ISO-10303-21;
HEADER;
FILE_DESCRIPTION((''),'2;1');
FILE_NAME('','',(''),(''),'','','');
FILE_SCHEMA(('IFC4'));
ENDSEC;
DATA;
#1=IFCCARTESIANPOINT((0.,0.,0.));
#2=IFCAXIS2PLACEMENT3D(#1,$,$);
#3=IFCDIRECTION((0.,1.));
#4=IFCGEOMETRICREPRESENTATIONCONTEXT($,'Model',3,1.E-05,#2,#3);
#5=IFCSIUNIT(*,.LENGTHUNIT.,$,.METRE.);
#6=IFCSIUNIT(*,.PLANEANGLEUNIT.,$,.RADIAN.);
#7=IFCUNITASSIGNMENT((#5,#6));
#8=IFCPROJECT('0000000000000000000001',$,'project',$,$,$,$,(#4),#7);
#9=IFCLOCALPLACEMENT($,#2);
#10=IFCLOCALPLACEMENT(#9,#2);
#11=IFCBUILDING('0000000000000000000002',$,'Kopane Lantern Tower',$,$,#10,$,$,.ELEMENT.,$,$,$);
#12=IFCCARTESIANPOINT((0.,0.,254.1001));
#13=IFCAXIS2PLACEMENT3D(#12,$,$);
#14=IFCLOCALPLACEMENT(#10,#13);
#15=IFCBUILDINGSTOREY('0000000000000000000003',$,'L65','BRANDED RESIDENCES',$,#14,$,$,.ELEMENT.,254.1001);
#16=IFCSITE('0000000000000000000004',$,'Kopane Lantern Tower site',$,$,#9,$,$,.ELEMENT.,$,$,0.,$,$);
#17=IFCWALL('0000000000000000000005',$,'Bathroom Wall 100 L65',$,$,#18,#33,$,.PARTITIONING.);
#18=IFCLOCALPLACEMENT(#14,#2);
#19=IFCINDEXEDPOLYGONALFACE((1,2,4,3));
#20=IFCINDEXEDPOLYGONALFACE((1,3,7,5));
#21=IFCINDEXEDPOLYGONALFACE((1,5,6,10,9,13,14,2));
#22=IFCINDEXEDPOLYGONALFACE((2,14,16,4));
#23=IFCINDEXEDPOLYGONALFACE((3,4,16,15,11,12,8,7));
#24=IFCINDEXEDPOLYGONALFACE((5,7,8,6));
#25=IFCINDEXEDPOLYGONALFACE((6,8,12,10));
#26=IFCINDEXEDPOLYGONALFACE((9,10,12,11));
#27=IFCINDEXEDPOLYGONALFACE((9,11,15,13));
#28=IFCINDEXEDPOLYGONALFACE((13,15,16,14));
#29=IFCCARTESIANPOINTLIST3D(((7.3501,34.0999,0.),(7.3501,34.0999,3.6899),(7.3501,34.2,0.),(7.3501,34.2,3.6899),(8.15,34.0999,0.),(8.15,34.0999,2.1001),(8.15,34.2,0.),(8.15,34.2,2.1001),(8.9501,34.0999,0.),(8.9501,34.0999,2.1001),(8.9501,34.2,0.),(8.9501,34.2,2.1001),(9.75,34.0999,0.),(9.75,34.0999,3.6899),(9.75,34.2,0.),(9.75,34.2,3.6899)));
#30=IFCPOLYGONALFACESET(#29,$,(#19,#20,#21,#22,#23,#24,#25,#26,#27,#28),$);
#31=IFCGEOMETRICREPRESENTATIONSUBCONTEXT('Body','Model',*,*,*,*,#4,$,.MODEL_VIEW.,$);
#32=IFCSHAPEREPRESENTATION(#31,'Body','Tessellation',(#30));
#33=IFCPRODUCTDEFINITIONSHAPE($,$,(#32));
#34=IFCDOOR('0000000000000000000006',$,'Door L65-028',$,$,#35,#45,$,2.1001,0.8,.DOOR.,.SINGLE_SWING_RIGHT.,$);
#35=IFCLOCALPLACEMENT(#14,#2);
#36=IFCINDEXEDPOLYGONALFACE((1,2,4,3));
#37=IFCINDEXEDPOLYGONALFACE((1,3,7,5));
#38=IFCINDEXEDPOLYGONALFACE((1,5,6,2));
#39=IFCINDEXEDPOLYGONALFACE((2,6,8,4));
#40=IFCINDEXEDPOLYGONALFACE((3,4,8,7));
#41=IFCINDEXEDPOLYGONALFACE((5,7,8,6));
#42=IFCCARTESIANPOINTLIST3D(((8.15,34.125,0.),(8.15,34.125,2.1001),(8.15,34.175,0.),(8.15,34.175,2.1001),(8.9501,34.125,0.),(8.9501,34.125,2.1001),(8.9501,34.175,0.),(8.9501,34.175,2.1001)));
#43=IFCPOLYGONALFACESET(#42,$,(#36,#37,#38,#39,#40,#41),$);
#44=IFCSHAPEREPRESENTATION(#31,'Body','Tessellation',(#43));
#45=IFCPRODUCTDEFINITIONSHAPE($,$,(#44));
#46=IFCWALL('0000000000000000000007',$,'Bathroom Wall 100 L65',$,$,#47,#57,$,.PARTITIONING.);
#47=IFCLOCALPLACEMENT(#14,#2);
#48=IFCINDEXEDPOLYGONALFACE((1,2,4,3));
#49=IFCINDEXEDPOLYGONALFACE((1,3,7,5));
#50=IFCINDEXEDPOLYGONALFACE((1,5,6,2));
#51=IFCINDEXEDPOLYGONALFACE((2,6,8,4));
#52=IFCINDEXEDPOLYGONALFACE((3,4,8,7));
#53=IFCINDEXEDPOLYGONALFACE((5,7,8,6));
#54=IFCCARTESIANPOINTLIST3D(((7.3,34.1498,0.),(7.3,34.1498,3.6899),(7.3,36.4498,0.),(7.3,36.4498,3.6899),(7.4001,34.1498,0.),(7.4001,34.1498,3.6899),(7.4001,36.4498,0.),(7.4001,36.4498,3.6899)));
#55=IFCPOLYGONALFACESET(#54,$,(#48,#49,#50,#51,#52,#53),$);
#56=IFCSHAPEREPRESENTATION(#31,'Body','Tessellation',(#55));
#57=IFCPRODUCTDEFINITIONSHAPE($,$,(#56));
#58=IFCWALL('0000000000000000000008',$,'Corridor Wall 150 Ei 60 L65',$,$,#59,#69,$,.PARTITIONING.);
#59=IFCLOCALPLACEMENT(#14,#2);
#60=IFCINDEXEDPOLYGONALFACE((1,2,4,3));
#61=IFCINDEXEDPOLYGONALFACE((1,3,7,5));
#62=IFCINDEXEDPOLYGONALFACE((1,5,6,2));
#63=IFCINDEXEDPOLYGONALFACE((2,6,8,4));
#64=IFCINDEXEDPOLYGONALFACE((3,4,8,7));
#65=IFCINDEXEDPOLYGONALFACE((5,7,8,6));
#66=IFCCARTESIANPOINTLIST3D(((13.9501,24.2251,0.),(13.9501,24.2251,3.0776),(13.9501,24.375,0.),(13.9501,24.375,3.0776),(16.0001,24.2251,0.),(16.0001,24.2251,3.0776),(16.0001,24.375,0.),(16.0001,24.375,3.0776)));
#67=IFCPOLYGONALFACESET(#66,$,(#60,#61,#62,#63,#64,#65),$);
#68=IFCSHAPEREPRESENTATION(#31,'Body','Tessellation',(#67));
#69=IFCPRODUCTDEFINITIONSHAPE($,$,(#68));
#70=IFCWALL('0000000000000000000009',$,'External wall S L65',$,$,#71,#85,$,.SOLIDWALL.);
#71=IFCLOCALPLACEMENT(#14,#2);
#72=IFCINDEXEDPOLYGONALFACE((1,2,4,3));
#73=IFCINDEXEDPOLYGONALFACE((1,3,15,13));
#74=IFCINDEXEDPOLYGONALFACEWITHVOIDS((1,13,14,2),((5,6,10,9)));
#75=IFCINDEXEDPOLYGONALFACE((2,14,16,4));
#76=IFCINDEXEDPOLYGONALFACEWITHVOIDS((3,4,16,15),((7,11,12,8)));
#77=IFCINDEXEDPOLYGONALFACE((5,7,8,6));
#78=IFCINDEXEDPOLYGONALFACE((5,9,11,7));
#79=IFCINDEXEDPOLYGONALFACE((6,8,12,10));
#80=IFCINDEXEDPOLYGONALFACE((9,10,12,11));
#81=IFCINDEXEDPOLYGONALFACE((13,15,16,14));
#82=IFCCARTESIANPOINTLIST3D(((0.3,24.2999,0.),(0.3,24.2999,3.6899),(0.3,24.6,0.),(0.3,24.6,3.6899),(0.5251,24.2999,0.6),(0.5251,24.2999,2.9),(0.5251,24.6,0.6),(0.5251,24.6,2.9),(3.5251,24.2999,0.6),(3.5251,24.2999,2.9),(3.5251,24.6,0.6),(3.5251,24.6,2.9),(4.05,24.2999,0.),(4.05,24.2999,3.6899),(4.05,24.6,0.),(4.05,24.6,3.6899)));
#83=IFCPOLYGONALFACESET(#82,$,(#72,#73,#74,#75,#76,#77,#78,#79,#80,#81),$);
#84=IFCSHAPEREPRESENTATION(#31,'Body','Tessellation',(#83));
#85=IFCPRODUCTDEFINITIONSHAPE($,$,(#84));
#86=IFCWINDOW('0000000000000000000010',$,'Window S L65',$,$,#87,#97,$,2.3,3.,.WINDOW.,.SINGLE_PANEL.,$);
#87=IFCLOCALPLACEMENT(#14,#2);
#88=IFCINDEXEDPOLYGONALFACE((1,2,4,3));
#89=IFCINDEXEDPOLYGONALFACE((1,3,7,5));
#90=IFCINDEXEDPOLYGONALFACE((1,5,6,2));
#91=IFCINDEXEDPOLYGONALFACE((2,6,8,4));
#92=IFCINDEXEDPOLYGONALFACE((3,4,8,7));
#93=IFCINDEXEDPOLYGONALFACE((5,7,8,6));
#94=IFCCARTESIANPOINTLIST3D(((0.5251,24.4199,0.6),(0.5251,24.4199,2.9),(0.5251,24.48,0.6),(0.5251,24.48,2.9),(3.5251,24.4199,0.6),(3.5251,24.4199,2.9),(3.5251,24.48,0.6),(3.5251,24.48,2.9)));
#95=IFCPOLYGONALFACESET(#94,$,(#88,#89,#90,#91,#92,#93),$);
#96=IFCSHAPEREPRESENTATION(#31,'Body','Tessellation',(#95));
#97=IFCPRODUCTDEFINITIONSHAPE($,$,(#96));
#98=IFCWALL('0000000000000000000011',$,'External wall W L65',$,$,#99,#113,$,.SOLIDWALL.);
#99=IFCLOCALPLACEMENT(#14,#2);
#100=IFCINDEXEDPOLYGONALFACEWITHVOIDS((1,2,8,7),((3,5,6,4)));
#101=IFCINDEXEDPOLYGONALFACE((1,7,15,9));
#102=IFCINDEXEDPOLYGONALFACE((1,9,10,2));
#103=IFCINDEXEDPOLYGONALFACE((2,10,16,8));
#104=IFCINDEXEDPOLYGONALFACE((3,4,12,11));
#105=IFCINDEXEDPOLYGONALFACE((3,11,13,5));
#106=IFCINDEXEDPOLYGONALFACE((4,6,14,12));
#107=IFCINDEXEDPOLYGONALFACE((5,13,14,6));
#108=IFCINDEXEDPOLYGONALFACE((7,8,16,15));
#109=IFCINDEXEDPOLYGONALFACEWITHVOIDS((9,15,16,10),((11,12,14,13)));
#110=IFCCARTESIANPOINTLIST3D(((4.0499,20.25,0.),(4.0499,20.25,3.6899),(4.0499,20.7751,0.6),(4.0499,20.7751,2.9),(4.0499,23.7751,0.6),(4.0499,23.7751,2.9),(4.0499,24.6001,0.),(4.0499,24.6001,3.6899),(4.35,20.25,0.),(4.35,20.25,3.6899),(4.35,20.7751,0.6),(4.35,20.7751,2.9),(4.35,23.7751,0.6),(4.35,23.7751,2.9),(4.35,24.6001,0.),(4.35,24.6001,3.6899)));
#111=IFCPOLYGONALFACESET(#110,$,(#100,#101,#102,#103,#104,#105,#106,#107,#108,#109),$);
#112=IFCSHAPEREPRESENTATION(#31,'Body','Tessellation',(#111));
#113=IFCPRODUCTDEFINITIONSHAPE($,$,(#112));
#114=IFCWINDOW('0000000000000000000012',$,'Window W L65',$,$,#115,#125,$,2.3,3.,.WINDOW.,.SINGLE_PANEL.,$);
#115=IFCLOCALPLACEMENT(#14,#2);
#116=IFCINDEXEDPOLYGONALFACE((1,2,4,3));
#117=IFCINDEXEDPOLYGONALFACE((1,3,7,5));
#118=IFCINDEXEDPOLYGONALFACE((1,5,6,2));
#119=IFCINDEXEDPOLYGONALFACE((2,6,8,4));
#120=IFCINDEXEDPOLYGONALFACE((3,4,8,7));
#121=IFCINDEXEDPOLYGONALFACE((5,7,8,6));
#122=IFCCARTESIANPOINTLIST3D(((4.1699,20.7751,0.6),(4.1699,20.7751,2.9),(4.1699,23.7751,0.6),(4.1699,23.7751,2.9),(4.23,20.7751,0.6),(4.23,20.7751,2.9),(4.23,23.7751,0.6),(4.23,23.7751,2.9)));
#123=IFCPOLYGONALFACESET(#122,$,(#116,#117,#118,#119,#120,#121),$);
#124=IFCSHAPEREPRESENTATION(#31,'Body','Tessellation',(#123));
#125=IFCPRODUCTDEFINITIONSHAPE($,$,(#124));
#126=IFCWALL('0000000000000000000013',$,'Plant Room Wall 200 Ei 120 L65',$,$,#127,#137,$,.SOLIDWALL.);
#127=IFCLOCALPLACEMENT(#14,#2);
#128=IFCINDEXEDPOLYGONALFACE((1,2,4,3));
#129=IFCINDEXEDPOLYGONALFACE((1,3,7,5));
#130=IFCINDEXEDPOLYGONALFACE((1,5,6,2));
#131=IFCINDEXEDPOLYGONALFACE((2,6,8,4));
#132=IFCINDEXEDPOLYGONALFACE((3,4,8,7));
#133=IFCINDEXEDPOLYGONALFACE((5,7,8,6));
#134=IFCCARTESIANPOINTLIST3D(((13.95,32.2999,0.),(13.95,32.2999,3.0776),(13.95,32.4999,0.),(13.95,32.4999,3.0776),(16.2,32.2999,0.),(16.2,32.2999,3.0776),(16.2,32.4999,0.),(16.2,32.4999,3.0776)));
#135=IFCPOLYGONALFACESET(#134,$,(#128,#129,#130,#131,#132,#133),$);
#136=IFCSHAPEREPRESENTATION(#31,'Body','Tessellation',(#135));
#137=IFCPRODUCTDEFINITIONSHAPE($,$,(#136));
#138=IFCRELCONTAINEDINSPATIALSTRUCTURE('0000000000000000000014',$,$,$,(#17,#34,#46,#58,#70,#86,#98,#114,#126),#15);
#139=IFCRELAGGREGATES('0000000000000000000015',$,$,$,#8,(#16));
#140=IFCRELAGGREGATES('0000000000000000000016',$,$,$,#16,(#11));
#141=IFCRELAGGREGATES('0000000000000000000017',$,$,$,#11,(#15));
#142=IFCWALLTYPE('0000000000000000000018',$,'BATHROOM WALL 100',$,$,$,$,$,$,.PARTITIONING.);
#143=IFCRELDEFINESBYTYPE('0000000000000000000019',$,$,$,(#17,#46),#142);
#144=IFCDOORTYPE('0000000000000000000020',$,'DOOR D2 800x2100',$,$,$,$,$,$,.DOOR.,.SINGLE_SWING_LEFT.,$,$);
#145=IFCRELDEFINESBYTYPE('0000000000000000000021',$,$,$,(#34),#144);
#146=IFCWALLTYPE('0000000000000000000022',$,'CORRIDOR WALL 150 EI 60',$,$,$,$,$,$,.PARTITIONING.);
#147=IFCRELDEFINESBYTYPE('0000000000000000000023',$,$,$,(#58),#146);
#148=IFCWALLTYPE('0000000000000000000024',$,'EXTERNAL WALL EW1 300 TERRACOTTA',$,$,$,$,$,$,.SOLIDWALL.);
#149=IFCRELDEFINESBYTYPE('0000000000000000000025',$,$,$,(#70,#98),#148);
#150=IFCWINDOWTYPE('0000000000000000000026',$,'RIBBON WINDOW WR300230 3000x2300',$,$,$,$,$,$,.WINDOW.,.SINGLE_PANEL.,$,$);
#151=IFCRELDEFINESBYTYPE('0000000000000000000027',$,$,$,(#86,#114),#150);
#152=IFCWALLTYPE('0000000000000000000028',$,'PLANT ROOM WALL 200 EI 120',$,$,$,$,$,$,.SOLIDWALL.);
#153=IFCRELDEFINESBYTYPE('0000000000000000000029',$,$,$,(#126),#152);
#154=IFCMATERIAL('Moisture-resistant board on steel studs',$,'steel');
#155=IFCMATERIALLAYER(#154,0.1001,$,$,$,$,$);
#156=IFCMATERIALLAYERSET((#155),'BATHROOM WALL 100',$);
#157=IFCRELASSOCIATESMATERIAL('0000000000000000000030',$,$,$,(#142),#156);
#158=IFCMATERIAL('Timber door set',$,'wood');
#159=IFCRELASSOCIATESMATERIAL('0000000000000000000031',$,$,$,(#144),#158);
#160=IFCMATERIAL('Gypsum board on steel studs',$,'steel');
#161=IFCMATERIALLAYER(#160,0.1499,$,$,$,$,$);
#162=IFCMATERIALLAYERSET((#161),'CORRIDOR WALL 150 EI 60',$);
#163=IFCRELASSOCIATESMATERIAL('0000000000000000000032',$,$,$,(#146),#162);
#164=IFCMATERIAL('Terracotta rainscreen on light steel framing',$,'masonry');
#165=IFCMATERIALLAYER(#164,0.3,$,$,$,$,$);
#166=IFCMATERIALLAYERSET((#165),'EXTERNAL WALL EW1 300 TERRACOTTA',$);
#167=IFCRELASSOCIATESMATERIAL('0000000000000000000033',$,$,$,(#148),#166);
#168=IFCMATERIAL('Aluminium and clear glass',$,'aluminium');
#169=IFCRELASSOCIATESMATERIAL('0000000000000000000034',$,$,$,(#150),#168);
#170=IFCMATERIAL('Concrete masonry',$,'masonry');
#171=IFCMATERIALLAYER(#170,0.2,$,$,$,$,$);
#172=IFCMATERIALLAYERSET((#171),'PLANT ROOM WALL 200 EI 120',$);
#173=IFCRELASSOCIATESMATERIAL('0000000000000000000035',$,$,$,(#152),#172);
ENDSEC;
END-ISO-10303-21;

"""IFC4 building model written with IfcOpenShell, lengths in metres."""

from ifc_helpers import new_model, si_unit, direction, frame, frame_2d, origin, place, context, subcontext, project, spatial, rectangle, extrude, material, layer, layer_set, type_object, element, fill, save


model = new_model("IFC4")

# Units and contexts
model_context = context("Model", 3, precision=1e-05, world=origin(), true_north=direction((0.0, 1.0)))
body_context = subcontext(model_context, "Body", "Model", "MODEL_VIEW")
ifc_project = project(units=[si_unit("LENGTHUNIT", "METRE"), si_unit("PLANEANGLEUNIT", "RADIAN")], contexts=[model_context])

# Site, building, storey
site_placement = place(None, origin())
site = spatial("IfcSite", under=ifc_project, at=site_placement, Name="Kopane Lantern Tower site", CompositionType="ELEMENT", RefElevation=0.0)
building_placement = place(site_placement, origin())
building = spatial("IfcBuilding", under=site, at=building_placement, Name="Kopane Lantern Tower", CompositionType="ELEMENT")
storey_placement = place(building_placement, frame((0.0, 0.0, 254.1001)))
storey = spatial("IfcBuildingStorey", under=building, at=storey_placement, Name="L65", Description="BRANDED RESIDENCES", CompositionType="ELEMENT", Elevation=254.1001)

# Wall, opening, door
ifc_material_1 = material(Name="Moisture-resistant board on steel studs", Category="steel")
ifc_layer_1 = layer(ifc_material_1, 0.1001)
ifc_layer_set_1 = layer_set([ifc_layer_1], Name="BATHROOM WALL 100")
wall_type_1 = type_object("IfcWallType", Name="BATHROOM WALL 100", PredefinedType="PARTITIONING", material=ifc_layer_set_1)
wall_1_placement = place(storey_placement, frame((9.75, 34.1499, 0.0), z_axis=(0.0, 0.0, 1.0), x_axis=(-1.0, 0.0, 0.0)))
wall_1 = element("IfcWall", 1, at=wall_1_placement, inside=storey, type_object=wall_type_1, Name="Bathroom Wall 100 L65", PredefinedType="PARTITIONING", context=body_context, shape_type="SweptSolid", body=[
    extrude(rectangle(XDim=2.3999, YDim=0.1001, at=frame_2d((1.2, 0.0))), origin(), (0.0, 0.0, 1.0), 3.6899),
])
opening_1_placement = place(wall_1_placement, frame((0.8, 0.0, 0.0)))
opening_1 = element("IfcOpeningElement", 2, at=opening_1_placement, cuts=wall_1, PredefinedType="OPENING", context=body_context, shape_type="SweptSolid", body=[
    extrude(rectangle(XDim=0.8, YDim=2.1001, at=frame_2d((0.3999, 1.05))), frame((0.0, 0.0601, 0.0), z_axis=(0.0, -1.0, 0.0), x_axis=(1.0, 0.0, 0.0)), (0.0, 0.0, 1.0), 0.1201),
])
ifc_material_2 = material(Name="Timber door set", Category="wood")
door_type_1 = type_object("IfcDoorType", Name="DOOR D2 800x2100", OperationType="SINGLE_SWING_LEFT", PredefinedType="DOOR", material=ifc_material_2)
door_1_placement = place(opening_1_placement, origin())
door_1 = element("IfcDoor", 3, at=door_1_placement, inside=storey, type_object=door_type_1, Name="Door L65-028", OperationType="SINGLE_SWING_RIGHT", OverallHeight=2.1001, OverallWidth=0.8, PredefinedType="DOOR", context=body_context, shape_type="SweptSolid", body=[
    extrude(rectangle(XDim=0.8, YDim=2.1001, at=frame_2d((0.3999, 1.05))), frame((0.0, 0.0249, 0.0), z_axis=(0.0, -1.0, 0.0), x_axis=(1.0, 0.0, 0.0)), (0.0, 0.0, 1.0), 0.05),
])
fill(opening_1, door_1)

# Wall
wall_2_placement = place(storey_placement, frame((7.3501, 34.1499, 0.0), z_axis=(0.0, 0.0, 1.0), x_axis=(0.0, 1.0, 0.0)))
element("IfcWall", 4, at=wall_2_placement, inside=storey, type_object=wall_type_1, Name="Bathroom Wall 100 L65", PredefinedType="PARTITIONING", context=body_context, shape_type="SweptSolid", body=[
    extrude(rectangle(XDim=2.3, YDim=0.1001, at=frame_2d((1.1499, 0.0))), origin(), (0.0, 0.0, 1.0), 3.6899),
])

# Wall
ifc_material_3 = material(Name="Gypsum board on steel studs", Category="steel")
ifc_layer_2 = layer(ifc_material_3, 0.1499)
ifc_layer_set_2 = layer_set([ifc_layer_2], Name="CORRIDOR WALL 150 EI 60")
wall_type_2 = type_object("IfcWallType", Name="CORRIDOR WALL 150 EI 60", PredefinedType="PARTITIONING", material=ifc_layer_set_2)
wall_3_placement = place(storey_placement, frame((16.0, 24.3, 0.0), z_axis=(0.0, 0.0, 1.0), x_axis=(-1.0, 0.0, 0.0)))
element("IfcWall", 5, at=wall_3_placement, inside=storey, type_object=wall_type_2, Name="Corridor Wall 150 Ei 60 L65", PredefinedType="PARTITIONING", context=body_context, shape_type="SweptSolid", body=[
    extrude(rectangle(XDim=2.05, YDim=0.1499, at=frame_2d((1.0249, 0.0))), origin(), (0.0, 0.0, 1.0), 3.0776),
])

# Walls, openings, windows
ifc_material_4 = material(Name="Terracotta rainscreen on light steel framing", Category="masonry")
ifc_layer_3 = layer(ifc_material_4, 0.3)
ifc_layer_set_3 = layer_set([ifc_layer_3], Name="EXTERNAL WALL EW1 300 TERRACOTTA")
wall_type_3 = type_object("IfcWallType", Name="EXTERNAL WALL EW1 300 TERRACOTTA", PredefinedType="SOLIDWALL", material=ifc_layer_set_3)
wall_4_placement = place(storey_placement, frame((0.3, 24.45, 0.0), z_axis=(0.0, 0.0, 1.0), x_axis=(1.0, 0.0, 0.0)))
wall_4 = element("IfcWall", 6, at=wall_4_placement, inside=storey, type_object=wall_type_3, Name="External wall S L65", PredefinedType="SOLIDWALL", context=body_context, shape_type="SweptSolid", body=[
    extrude(rectangle(XDim=3.75, YDim=0.3, at=frame_2d((1.875, 0.0))), origin(), (0.0, 0.0, 1.0), 3.6899),
])
opening_2_placement = place(wall_4_placement, frame((0.2251, 0.0, 0.6001)))
opening_2 = element("IfcOpeningElement", 7, at=opening_2_placement, cuts=wall_4, PredefinedType="OPENING", context=body_context, shape_type="SweptSolid", body=[
    extrude(rectangle(XDim=3.0, YDim=2.3, at=frame_2d((1.5, 1.1499))), frame((0.0, 0.1599, 0.0), z_axis=(0.0, -1.0, 0.0), x_axis=(1.0, 0.0, 0.0)), (0.0, 0.0, 1.0), 0.3201),
])
ifc_material_5 = material(Name="Aluminium and clear glass", Category="aluminium")
window_type = type_object("IfcWindowType", Name="RIBBON WINDOW WR300230 3000x2300", PartitioningType="SINGLE_PANEL", PredefinedType="WINDOW", material=ifc_material_5)
window_1_placement = place(opening_2_placement, origin())
window_1 = element("IfcWindow", 8, at=window_1_placement, inside=storey, type_object=window_type, Name="Window S L65", OverallHeight=2.3, OverallWidth=3.0, PartitioningType="SINGLE_PANEL", PredefinedType="WINDOW", context=body_context, shape_type="SweptSolid", body=[
    extrude(rectangle(XDim=3.0, YDim=2.3, at=frame_2d((1.5, 1.1499))), frame((0.0, 0.03, 0.0), z_axis=(0.0, -1.0, 0.0), x_axis=(1.0, 0.0, 0.0)), (0.0, 0.0, 1.0), 0.0601),
])
fill(opening_2, window_1)
wall_5_placement = place(storey_placement, frame((4.2, 24.6001, 0.0), z_axis=(0.0, 0.0, 1.0), x_axis=(0.0, -1.0, 0.0)))
wall_5 = element("IfcWall", 9, at=wall_5_placement, inside=storey, type_object=wall_type_3, Name="External wall W L65", PredefinedType="SOLIDWALL", context=body_context, shape_type="SweptSolid", body=[
    extrude(rectangle(XDim=4.3501, YDim=0.3, at=frame_2d((2.175, 0.0))), origin(), (0.0, 0.0, 1.0), 3.6899),
])
opening_3_placement = place(wall_5_placement, frame((0.825, 0.0, 0.6001)))
opening_3 = element("IfcOpeningElement", 10, at=opening_3_placement, cuts=wall_5, PredefinedType="OPENING", context=body_context, shape_type="SweptSolid", body=[
    extrude(rectangle(XDim=3.0, YDim=2.3, at=frame_2d((1.5, 1.1499))), frame((0.0, 0.1599, 0.0), z_axis=(0.0, -1.0, 0.0), x_axis=(1.0, 0.0, 0.0)), (0.0, 0.0, 1.0), 0.3201),
])
window_2_placement = place(opening_3_placement, origin())
window_2 = element("IfcWindow", 11, at=window_2_placement, inside=storey, type_object=window_type, Name="Window W L65", OverallHeight=2.3, OverallWidth=3.0, PartitioningType="SINGLE_PANEL", PredefinedType="WINDOW", context=body_context, shape_type="SweptSolid", body=[
    extrude(rectangle(XDim=3.0, YDim=2.3, at=frame_2d((1.5, 1.1499))), frame((0.0, 0.03, 0.0), z_axis=(0.0, -1.0, 0.0), x_axis=(1.0, 0.0, 0.0)), (0.0, 0.0, 1.0), 0.0601),
])
fill(opening_3, window_2)

# Wall
ifc_material_6 = material(Name="Concrete masonry", Category="masonry")
ifc_layer_4 = layer(ifc_material_6, 0.2)
ifc_layer_set_4 = layer_set([ifc_layer_4], Name="PLANT ROOM WALL 200 EI 120")
wall_type_4 = type_object("IfcWallType", Name="PLANT ROOM WALL 200 EI 120", PredefinedType="SOLIDWALL", material=ifc_layer_set_4)
wall_6_placement = place(storey_placement, frame((13.95, 32.3999, 0.0), z_axis=(0.0, 0.0, 1.0), x_axis=(1.0, 0.0, 0.0)))
element("IfcWall", 12, at=wall_6_placement, inside=storey, type_object=wall_type_4, Name="Plant Room Wall 200 Ei 120 L65", PredefinedType="SOLIDWALL", context=body_context, shape_type="SweptSolid", body=[
    extrude(rectangle(XDim=2.25, YDim=0.2, at=frame_2d((1.125, 0.0))), origin(), (0.0, 0.0, 1.0), 3.0776),
])

save(model, "model.ifc")
